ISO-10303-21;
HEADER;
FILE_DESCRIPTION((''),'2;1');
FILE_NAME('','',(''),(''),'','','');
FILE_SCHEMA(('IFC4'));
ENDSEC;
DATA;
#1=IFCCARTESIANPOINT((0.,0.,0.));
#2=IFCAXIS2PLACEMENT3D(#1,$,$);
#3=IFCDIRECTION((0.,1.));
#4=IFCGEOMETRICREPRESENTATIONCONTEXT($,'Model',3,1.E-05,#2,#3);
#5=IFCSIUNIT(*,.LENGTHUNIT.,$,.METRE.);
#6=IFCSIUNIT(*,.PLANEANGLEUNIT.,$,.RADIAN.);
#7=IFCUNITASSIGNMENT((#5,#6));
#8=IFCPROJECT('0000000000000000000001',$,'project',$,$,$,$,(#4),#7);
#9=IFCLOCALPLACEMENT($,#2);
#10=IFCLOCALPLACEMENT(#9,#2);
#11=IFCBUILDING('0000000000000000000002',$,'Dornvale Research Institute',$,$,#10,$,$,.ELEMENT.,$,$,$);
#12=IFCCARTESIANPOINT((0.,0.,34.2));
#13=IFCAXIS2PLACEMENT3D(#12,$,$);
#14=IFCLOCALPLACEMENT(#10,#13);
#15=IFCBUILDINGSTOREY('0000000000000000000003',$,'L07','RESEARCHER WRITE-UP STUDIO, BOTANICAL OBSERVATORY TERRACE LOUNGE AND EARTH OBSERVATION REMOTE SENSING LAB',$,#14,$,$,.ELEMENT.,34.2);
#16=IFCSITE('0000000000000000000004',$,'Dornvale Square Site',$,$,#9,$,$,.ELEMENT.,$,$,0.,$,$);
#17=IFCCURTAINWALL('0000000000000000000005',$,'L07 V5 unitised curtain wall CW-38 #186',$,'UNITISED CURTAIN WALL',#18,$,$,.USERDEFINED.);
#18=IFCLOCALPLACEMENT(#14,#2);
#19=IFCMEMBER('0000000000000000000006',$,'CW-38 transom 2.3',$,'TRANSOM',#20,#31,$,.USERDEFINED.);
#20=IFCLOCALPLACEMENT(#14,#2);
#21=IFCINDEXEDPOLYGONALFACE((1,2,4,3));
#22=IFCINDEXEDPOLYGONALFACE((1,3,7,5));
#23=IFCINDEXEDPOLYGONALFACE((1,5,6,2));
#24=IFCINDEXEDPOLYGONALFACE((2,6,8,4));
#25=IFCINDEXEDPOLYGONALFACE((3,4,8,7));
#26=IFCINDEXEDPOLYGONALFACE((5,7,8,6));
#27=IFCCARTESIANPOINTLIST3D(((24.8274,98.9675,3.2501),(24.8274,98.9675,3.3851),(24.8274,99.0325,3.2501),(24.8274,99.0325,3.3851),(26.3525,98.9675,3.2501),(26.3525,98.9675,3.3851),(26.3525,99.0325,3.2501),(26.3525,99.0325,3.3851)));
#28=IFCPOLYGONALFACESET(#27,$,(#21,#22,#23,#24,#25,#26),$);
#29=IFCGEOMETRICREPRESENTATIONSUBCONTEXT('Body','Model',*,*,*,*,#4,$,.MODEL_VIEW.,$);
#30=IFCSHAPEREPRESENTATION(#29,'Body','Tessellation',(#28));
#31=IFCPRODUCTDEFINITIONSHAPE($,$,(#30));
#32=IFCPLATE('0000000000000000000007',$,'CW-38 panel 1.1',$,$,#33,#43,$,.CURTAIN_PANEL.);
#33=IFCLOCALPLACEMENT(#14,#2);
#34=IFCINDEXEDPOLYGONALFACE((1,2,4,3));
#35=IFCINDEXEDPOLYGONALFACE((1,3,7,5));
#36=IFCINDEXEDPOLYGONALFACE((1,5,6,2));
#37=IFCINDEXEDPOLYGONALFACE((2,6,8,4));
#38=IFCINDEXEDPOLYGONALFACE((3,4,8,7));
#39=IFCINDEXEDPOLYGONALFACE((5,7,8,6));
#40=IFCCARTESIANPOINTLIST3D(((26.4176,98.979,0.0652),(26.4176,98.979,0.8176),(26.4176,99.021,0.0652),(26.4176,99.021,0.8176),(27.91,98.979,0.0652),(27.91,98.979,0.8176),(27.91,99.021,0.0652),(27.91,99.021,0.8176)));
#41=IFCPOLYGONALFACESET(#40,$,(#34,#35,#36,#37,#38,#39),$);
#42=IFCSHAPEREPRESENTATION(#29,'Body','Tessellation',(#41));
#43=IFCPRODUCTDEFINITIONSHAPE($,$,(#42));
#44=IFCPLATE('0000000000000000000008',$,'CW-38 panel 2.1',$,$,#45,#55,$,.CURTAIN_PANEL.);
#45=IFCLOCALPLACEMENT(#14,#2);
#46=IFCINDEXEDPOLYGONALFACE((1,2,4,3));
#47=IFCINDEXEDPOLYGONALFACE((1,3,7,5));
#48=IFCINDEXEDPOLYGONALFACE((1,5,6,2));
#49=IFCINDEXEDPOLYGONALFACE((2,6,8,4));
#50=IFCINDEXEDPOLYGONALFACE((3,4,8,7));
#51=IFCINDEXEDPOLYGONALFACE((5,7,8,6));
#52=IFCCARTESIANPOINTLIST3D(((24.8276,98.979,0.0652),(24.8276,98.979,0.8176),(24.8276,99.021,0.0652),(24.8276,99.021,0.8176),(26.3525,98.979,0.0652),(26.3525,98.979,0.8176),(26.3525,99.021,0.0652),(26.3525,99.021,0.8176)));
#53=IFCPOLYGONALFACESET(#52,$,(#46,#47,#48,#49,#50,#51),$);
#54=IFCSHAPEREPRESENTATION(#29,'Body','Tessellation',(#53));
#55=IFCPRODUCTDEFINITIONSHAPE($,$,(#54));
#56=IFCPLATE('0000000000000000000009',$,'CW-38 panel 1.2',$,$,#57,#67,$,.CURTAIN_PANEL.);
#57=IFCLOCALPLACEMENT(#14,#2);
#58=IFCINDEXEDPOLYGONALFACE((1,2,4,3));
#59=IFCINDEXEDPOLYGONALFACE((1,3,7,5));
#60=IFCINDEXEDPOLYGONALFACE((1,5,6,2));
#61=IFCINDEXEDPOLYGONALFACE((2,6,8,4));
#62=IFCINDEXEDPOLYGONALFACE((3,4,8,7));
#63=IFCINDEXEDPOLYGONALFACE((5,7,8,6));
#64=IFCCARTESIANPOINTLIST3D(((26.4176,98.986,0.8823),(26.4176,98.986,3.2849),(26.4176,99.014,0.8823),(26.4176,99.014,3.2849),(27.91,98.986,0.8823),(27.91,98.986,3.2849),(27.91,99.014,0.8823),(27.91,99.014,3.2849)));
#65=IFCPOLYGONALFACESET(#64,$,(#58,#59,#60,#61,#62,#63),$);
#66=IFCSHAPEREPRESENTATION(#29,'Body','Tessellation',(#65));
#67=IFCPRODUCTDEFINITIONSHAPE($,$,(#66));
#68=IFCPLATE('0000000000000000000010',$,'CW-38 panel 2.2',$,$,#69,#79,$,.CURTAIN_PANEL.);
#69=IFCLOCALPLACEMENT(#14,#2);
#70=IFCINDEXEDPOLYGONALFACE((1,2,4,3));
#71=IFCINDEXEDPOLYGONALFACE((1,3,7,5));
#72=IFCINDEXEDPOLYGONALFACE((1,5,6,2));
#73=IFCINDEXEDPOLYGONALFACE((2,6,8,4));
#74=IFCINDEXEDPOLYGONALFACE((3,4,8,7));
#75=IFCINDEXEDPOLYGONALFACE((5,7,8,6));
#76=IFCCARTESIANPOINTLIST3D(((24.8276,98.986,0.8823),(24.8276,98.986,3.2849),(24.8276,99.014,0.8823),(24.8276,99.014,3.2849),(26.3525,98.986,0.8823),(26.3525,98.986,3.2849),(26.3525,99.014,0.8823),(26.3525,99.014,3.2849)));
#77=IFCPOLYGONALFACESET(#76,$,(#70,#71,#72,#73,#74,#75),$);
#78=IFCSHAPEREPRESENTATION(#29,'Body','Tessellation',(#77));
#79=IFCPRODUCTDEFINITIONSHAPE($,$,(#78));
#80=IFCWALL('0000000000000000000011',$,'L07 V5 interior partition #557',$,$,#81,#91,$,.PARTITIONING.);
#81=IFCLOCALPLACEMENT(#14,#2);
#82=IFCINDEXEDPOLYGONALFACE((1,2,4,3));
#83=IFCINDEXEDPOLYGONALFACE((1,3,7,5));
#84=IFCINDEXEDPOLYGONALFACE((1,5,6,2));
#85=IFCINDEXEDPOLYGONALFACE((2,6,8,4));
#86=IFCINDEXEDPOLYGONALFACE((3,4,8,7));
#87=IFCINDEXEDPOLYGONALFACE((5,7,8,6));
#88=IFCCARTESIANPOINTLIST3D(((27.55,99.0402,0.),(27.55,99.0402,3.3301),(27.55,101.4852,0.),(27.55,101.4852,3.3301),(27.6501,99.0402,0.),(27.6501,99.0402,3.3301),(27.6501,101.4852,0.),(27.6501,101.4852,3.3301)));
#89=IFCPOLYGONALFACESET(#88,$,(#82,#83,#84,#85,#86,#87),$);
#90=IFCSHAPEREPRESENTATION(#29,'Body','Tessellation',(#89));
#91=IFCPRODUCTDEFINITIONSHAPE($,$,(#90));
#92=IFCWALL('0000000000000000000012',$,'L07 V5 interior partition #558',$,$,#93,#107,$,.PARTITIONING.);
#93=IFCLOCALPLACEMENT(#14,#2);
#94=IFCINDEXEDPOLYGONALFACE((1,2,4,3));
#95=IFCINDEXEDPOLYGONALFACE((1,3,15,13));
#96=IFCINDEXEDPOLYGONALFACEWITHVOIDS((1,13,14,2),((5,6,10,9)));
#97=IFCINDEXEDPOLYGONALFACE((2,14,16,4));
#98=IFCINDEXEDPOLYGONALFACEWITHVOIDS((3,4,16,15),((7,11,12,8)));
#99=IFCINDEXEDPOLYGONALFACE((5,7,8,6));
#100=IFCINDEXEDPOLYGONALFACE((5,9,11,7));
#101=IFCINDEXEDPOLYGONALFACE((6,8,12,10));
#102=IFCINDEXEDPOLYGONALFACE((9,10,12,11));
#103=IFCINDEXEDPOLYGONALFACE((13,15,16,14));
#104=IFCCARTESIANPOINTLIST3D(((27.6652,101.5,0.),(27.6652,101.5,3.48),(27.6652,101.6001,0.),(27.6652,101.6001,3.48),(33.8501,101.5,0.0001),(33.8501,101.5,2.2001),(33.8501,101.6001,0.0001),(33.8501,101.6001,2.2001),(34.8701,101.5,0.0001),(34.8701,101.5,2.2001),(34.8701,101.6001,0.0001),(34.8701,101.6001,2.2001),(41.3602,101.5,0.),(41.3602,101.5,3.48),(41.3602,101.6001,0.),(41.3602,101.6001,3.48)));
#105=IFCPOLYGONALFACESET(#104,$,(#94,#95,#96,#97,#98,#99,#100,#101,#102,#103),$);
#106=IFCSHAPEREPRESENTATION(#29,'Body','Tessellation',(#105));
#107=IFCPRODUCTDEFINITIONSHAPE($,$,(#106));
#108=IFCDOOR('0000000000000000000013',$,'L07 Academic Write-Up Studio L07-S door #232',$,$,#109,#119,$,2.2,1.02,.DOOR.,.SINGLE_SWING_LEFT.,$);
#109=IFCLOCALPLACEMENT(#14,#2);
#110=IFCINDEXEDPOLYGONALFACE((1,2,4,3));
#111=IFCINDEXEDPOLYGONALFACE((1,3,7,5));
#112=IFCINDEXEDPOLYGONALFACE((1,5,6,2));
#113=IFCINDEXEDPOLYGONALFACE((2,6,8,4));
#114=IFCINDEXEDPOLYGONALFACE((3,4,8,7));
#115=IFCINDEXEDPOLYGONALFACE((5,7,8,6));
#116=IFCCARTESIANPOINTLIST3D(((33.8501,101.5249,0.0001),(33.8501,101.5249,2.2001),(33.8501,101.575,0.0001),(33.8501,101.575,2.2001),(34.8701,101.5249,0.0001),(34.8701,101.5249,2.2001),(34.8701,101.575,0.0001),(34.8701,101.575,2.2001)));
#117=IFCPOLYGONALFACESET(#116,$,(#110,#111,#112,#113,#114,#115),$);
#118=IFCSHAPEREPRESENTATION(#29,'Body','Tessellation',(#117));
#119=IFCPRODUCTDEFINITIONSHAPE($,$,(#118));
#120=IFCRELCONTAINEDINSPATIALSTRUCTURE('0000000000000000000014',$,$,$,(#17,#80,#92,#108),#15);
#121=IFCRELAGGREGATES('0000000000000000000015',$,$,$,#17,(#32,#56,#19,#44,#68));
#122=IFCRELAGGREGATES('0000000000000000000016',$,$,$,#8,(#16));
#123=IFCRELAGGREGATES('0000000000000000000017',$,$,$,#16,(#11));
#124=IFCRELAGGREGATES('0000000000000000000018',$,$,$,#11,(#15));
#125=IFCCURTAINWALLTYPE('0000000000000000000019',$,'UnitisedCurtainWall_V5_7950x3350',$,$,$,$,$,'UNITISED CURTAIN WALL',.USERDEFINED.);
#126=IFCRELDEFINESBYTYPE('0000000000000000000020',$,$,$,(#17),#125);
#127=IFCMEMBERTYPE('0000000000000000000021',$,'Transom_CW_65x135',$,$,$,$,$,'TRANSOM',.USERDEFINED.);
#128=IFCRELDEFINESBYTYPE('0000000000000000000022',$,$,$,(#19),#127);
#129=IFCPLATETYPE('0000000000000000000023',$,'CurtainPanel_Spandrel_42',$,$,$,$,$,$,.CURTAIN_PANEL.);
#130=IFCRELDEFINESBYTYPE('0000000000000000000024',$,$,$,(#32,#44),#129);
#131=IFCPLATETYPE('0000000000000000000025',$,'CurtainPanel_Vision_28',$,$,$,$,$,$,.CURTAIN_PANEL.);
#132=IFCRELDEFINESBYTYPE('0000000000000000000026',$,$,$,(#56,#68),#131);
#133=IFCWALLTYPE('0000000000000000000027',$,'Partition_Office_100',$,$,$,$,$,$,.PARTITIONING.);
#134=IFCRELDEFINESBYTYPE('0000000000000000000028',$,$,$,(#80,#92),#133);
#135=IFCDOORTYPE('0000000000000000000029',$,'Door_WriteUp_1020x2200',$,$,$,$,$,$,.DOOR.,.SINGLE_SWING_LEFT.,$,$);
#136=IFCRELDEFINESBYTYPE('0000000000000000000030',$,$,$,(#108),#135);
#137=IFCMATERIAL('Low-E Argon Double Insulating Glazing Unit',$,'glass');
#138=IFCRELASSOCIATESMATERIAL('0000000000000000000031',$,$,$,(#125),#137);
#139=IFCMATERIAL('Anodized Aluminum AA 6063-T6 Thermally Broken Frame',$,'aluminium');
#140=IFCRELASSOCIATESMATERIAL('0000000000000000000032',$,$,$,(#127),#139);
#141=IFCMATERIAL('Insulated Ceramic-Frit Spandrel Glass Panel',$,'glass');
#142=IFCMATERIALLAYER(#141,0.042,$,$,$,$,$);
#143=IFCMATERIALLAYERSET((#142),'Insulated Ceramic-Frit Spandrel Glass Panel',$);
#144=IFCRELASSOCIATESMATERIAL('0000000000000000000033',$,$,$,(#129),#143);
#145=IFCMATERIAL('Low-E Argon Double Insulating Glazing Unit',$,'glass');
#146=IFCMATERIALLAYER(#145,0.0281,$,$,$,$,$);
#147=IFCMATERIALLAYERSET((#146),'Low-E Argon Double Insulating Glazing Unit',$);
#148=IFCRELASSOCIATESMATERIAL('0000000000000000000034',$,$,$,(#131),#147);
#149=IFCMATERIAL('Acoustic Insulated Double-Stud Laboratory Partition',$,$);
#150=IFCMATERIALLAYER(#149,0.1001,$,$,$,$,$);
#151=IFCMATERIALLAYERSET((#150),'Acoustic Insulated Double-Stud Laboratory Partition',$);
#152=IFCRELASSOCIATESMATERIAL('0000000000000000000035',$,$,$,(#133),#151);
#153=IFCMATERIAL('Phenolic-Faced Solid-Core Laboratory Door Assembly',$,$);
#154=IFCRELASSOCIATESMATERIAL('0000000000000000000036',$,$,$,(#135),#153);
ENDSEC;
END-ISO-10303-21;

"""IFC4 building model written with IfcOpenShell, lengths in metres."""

from ifc_helpers import new_model, si_unit, direction, frame, frame_2d, origin, origin_2d, place, context, subcontext, project, spatial, rectangle, extrude, material, layer, layer_set, material_profile, profile_set, type_object, element, fill, aggregate, save


model = new_model("IFC4")

# Units and contexts
model_context = context("Model", 3, precision=1e-05, world=origin(), true_north=direction((0.0, 1.0)))
body_context = subcontext(model_context, "Body", "Model", "MODEL_VIEW")
ifc_project = project(units=[si_unit("LENGTHUNIT", "METRE"), si_unit("PLANEANGLEUNIT", "RADIAN")], contexts=[model_context])

# Site, building, storey
site_placement = place(None, origin())
site = spatial("IfcSite", under=ifc_project, at=site_placement, Name="Dornvale Square Site", CompositionType="ELEMENT", RefElevation=0.0)
building_placement = place(site_placement, origin())
building = spatial("IfcBuilding", under=site, at=building_placement, Name="Dornvale Research Institute", CompositionType="ELEMENT")
storey_placement = place(building_placement, frame((0.0, 0.0, 34.2)))
storey = spatial("IfcBuildingStorey", under=building, at=storey_placement, Name="L07", Description="RESEARCHER WRITE-UP STUDIO, BOTANICAL OBSERVATORY TERRACE LOUNGE AND EARTH OBSERVATION REMOTE SENSING LAB", CompositionType="ELEMENT", Elevation=34.2)

# Curtain wall
ifc_material_1 = material(Name="Low-E Argon Double Insulating Glazing Unit", Category="glass")
curtain_wall_type = type_object("IfcCurtainWallType", Name="UnitisedCurtainWall_V5_7950x3350", ElementType="UNITISED CURTAIN WALL", PredefinedType="USERDEFINED", material=ifc_material_1)
curtain_wall_placement = place(storey_placement, origin())
curtain_wall = element("IfcCurtainWall", 1, at=curtain_wall_placement, inside=storey, type_object=curtain_wall_type, Name="L07 V5 unitised curtain wall CW-38 #186", ObjectType="UNITISED CURTAIN WALL", PredefinedType="USERDEFINED")

# Member
ifc_material_2 = material(Name="Anodized Aluminum AA 6063-T6 Thermally Broken Frame", Category="aluminium")
ifc_material_profile_1 = material_profile(ifc_material_2, rectangle(XDim=0.0649, YDim=0.135, at=origin_2d()), Name="ALU TRANSOM 65x135")
ifc_profile_set_1 = profile_set([ifc_material_profile_1], Name="Anodized Aluminum AA 6063-T6 Thermally Broken Frame")
member_type_1 = type_object("IfcMemberType", Name="Transom_CW_65x135", ElementType="TRANSOM", PredefinedType="USERDEFINED", material=ifc_profile_set_1)
member_1_placement = place(storey_placement, frame((26.3525, 99.0, 3.3176), z_axis=(-1.0, 0.0, 0.0), x_axis=(0.0, -1.0, 0.0)))
member_1 = element("IfcMember", 2, at=member_1_placement, type_object=member_type_1, Name="CW-38 transom 2.3", ObjectType="TRANSOM", PredefinedType="USERDEFINED", context=body_context, shape_type="SweptSolid", body=[
    extrude(rectangle(XDim=0.0649, YDim=0.135, at=origin_2d()), origin(), (0.0, 0.0, 1.0), 1.5251),
])

# Plates
ifc_material_3 = material(Name="Insulated Ceramic-Frit Spandrel Glass Panel", Category="glass")
ifc_layer_1 = layer(ifc_material_3, 0.042)
ifc_layer_set_1 = layer_set([ifc_layer_1], Name="Insulated Ceramic-Frit Spandrel Glass Panel")
plate_type_1 = type_object("IfcPlateType", Name="CurtainPanel_Spandrel_42", PredefinedType="CURTAIN_PANEL", material=ifc_layer_set_1)
plate_1_placement = place(storey_placement, frame((27.1638, 99.0, 0.0652), z_axis=(0.0, 0.0, 1.0), x_axis=(-1.0, 0.0, 0.0)))
plate_1 = element("IfcPlate", 3, at=plate_1_placement, type_object=plate_type_1, Name="CW-38 panel 1.1", PredefinedType="CURTAIN_PANEL", context=body_context, shape_type="SweptSolid", body=[
    extrude(rectangle(XDim=1.4924, YDim=0.042, at=origin_2d()), origin(), (0.0, 0.0, 1.0), 0.7524),
])
plate_2_placement = place(storey_placement, frame((25.5901, 99.0, 0.0652), z_axis=(0.0, 0.0, 1.0), x_axis=(-1.0, 0.0, 0.0)))
plate_2 = element("IfcPlate", 4, at=plate_2_placement, type_object=plate_type_1, Name="CW-38 panel 2.1", PredefinedType="CURTAIN_PANEL", context=body_context, shape_type="SweptSolid", body=[
    extrude(rectangle(XDim=1.5249, YDim=0.042, at=origin_2d()), origin(), (0.0, 0.0, 1.0), 0.7524),
])
ifc_material_4 = material(Name="Low-E Argon Double Insulating Glazing Unit", Category="glass")
ifc_layer_2 = layer(ifc_material_4, 0.0281)
ifc_layer_set_2 = layer_set([ifc_layer_2], Name="Low-E Argon Double Insulating Glazing Unit")
plate_type_2 = type_object("IfcPlateType", Name="CurtainPanel_Vision_28", PredefinedType="CURTAIN_PANEL", material=ifc_layer_set_2)
plate_3_placement = place(storey_placement, frame((27.1638, 99.0, 0.8823), z_axis=(0.0, 0.0, 1.0), x_axis=(-1.0, 0.0, 0.0)))
plate_3 = element("IfcPlate", 5, at=plate_3_placement, type_object=plate_type_2, Name="CW-38 panel 1.2", PredefinedType="CURTAIN_PANEL", context=body_context, shape_type="SweptSolid", body=[
    extrude(rectangle(XDim=1.4924, YDim=0.0281, at=origin_2d()), origin(), (0.0, 0.0, 1.0), 2.4026),
])
plate_4_placement = place(storey_placement, frame((25.5901, 99.0, 0.8823), z_axis=(0.0, 0.0, 1.0), x_axis=(-1.0, 0.0, 0.0)))
plate_4 = element("IfcPlate", 6, at=plate_4_placement, type_object=plate_type_2, Name="CW-38 panel 2.2", PredefinedType="CURTAIN_PANEL", context=body_context, shape_type="SweptSolid", body=[
    extrude(rectangle(XDim=1.5249, YDim=0.0281, at=origin_2d()), origin(), (0.0, 0.0, 1.0), 2.4026),
])
aggregate(curtain_wall, [plate_1, plate_3, member_1, plate_2, plate_4])

# Wall
ifc_material_5 = material(Name="Acoustic Insulated Double-Stud Laboratory Partition")
ifc_layer_3 = layer(ifc_material_5, 0.1001)
ifc_layer_set_3 = layer_set([ifc_layer_3], Name="Acoustic Insulated Double-Stud Laboratory Partition")
wall_type = type_object("IfcWallType", Name="Partition_Office_100", PredefinedType="PARTITIONING", material=ifc_layer_set_3)
wall_1_placement = place(storey_placement, frame((27.6001, 99.04, 0.0), z_axis=(0.0, 0.0, 1.0), x_axis=(0.0, 1.0, 0.0)))
element("IfcWall", 7, at=wall_1_placement, inside=storey, type_object=wall_type, Name="L07 V5 interior partition #557", PredefinedType="PARTITIONING", context=body_context, shape_type="SweptSolid", body=[
    extrude(rectangle(XDim=2.4451, YDim=0.1001, at=frame_2d((1.2227, 0.0))), origin(), (0.0, 0.0, 1.0), 3.3301),
])

# Wall, opening, door
wall_2_placement = place(storey_placement, frame((27.665, 101.55, 0.0), z_axis=(0.0, 0.0, 1.0), x_axis=(1.0, 0.0, 0.0)))
wall_2 = element("IfcWall", 8, at=wall_2_placement, inside=storey, type_object=wall_type, Name="L07 V5 interior partition #558", PredefinedType="PARTITIONING", context=body_context, shape_type="SweptSolid", body=[
    extrude(rectangle(XDim=13.6951, YDim=0.1001, at=frame_2d((6.8477, 0.0))), origin(), (0.0, 0.0, 1.0), 3.48),
])
opening_placement = place(wall_2_placement, frame((6.1851, 0.0, 0.0)))
opening = element("IfcOpeningElement", 9, at=opening_placement, cuts=wall_2, PredefinedType="OPENING", context=body_context, shape_type="SweptSolid", body=[
    extrude(rectangle(XDim=1.02, YDim=2.2, at=frame_2d((0.51, 1.1001))), frame((0.0, 0.0649, 0.0), z_axis=(0.0, -1.0, 0.0), x_axis=(1.0, 0.0, 0.0)), (0.0, 0.0, 1.0), 0.1301),
])
ifc_material_6 = material(Name="Phenolic-Faced Solid-Core Laboratory Door Assembly")
door_type = type_object("IfcDoorType", Name="Door_WriteUp_1020x2200", OperationType="SINGLE_SWING_LEFT", PredefinedType="DOOR", material=ifc_material_6)
door_placement = place(opening_placement, origin())
door = element("IfcDoor", 10, at=door_placement, inside=storey, type_object=door_type, Name="L07 Academic Write-Up Studio L07-S door #232", OperationType="SINGLE_SWING_LEFT", OverallHeight=2.2, OverallWidth=1.02, PredefinedType="DOOR", context=body_context, shape_type="SweptSolid", body=[
    extrude(rectangle(XDim=1.02, YDim=2.2, at=frame_2d((0.51, 1.1001))), frame((0.0, 0.0249, 0.0), z_axis=(0.0, -1.0, 0.0), x_axis=(1.0, 0.0, 0.0)), (0.0, 0.0, 1.0), 0.05),
])
fill(opening, door)

save(model, "model.ifc")
